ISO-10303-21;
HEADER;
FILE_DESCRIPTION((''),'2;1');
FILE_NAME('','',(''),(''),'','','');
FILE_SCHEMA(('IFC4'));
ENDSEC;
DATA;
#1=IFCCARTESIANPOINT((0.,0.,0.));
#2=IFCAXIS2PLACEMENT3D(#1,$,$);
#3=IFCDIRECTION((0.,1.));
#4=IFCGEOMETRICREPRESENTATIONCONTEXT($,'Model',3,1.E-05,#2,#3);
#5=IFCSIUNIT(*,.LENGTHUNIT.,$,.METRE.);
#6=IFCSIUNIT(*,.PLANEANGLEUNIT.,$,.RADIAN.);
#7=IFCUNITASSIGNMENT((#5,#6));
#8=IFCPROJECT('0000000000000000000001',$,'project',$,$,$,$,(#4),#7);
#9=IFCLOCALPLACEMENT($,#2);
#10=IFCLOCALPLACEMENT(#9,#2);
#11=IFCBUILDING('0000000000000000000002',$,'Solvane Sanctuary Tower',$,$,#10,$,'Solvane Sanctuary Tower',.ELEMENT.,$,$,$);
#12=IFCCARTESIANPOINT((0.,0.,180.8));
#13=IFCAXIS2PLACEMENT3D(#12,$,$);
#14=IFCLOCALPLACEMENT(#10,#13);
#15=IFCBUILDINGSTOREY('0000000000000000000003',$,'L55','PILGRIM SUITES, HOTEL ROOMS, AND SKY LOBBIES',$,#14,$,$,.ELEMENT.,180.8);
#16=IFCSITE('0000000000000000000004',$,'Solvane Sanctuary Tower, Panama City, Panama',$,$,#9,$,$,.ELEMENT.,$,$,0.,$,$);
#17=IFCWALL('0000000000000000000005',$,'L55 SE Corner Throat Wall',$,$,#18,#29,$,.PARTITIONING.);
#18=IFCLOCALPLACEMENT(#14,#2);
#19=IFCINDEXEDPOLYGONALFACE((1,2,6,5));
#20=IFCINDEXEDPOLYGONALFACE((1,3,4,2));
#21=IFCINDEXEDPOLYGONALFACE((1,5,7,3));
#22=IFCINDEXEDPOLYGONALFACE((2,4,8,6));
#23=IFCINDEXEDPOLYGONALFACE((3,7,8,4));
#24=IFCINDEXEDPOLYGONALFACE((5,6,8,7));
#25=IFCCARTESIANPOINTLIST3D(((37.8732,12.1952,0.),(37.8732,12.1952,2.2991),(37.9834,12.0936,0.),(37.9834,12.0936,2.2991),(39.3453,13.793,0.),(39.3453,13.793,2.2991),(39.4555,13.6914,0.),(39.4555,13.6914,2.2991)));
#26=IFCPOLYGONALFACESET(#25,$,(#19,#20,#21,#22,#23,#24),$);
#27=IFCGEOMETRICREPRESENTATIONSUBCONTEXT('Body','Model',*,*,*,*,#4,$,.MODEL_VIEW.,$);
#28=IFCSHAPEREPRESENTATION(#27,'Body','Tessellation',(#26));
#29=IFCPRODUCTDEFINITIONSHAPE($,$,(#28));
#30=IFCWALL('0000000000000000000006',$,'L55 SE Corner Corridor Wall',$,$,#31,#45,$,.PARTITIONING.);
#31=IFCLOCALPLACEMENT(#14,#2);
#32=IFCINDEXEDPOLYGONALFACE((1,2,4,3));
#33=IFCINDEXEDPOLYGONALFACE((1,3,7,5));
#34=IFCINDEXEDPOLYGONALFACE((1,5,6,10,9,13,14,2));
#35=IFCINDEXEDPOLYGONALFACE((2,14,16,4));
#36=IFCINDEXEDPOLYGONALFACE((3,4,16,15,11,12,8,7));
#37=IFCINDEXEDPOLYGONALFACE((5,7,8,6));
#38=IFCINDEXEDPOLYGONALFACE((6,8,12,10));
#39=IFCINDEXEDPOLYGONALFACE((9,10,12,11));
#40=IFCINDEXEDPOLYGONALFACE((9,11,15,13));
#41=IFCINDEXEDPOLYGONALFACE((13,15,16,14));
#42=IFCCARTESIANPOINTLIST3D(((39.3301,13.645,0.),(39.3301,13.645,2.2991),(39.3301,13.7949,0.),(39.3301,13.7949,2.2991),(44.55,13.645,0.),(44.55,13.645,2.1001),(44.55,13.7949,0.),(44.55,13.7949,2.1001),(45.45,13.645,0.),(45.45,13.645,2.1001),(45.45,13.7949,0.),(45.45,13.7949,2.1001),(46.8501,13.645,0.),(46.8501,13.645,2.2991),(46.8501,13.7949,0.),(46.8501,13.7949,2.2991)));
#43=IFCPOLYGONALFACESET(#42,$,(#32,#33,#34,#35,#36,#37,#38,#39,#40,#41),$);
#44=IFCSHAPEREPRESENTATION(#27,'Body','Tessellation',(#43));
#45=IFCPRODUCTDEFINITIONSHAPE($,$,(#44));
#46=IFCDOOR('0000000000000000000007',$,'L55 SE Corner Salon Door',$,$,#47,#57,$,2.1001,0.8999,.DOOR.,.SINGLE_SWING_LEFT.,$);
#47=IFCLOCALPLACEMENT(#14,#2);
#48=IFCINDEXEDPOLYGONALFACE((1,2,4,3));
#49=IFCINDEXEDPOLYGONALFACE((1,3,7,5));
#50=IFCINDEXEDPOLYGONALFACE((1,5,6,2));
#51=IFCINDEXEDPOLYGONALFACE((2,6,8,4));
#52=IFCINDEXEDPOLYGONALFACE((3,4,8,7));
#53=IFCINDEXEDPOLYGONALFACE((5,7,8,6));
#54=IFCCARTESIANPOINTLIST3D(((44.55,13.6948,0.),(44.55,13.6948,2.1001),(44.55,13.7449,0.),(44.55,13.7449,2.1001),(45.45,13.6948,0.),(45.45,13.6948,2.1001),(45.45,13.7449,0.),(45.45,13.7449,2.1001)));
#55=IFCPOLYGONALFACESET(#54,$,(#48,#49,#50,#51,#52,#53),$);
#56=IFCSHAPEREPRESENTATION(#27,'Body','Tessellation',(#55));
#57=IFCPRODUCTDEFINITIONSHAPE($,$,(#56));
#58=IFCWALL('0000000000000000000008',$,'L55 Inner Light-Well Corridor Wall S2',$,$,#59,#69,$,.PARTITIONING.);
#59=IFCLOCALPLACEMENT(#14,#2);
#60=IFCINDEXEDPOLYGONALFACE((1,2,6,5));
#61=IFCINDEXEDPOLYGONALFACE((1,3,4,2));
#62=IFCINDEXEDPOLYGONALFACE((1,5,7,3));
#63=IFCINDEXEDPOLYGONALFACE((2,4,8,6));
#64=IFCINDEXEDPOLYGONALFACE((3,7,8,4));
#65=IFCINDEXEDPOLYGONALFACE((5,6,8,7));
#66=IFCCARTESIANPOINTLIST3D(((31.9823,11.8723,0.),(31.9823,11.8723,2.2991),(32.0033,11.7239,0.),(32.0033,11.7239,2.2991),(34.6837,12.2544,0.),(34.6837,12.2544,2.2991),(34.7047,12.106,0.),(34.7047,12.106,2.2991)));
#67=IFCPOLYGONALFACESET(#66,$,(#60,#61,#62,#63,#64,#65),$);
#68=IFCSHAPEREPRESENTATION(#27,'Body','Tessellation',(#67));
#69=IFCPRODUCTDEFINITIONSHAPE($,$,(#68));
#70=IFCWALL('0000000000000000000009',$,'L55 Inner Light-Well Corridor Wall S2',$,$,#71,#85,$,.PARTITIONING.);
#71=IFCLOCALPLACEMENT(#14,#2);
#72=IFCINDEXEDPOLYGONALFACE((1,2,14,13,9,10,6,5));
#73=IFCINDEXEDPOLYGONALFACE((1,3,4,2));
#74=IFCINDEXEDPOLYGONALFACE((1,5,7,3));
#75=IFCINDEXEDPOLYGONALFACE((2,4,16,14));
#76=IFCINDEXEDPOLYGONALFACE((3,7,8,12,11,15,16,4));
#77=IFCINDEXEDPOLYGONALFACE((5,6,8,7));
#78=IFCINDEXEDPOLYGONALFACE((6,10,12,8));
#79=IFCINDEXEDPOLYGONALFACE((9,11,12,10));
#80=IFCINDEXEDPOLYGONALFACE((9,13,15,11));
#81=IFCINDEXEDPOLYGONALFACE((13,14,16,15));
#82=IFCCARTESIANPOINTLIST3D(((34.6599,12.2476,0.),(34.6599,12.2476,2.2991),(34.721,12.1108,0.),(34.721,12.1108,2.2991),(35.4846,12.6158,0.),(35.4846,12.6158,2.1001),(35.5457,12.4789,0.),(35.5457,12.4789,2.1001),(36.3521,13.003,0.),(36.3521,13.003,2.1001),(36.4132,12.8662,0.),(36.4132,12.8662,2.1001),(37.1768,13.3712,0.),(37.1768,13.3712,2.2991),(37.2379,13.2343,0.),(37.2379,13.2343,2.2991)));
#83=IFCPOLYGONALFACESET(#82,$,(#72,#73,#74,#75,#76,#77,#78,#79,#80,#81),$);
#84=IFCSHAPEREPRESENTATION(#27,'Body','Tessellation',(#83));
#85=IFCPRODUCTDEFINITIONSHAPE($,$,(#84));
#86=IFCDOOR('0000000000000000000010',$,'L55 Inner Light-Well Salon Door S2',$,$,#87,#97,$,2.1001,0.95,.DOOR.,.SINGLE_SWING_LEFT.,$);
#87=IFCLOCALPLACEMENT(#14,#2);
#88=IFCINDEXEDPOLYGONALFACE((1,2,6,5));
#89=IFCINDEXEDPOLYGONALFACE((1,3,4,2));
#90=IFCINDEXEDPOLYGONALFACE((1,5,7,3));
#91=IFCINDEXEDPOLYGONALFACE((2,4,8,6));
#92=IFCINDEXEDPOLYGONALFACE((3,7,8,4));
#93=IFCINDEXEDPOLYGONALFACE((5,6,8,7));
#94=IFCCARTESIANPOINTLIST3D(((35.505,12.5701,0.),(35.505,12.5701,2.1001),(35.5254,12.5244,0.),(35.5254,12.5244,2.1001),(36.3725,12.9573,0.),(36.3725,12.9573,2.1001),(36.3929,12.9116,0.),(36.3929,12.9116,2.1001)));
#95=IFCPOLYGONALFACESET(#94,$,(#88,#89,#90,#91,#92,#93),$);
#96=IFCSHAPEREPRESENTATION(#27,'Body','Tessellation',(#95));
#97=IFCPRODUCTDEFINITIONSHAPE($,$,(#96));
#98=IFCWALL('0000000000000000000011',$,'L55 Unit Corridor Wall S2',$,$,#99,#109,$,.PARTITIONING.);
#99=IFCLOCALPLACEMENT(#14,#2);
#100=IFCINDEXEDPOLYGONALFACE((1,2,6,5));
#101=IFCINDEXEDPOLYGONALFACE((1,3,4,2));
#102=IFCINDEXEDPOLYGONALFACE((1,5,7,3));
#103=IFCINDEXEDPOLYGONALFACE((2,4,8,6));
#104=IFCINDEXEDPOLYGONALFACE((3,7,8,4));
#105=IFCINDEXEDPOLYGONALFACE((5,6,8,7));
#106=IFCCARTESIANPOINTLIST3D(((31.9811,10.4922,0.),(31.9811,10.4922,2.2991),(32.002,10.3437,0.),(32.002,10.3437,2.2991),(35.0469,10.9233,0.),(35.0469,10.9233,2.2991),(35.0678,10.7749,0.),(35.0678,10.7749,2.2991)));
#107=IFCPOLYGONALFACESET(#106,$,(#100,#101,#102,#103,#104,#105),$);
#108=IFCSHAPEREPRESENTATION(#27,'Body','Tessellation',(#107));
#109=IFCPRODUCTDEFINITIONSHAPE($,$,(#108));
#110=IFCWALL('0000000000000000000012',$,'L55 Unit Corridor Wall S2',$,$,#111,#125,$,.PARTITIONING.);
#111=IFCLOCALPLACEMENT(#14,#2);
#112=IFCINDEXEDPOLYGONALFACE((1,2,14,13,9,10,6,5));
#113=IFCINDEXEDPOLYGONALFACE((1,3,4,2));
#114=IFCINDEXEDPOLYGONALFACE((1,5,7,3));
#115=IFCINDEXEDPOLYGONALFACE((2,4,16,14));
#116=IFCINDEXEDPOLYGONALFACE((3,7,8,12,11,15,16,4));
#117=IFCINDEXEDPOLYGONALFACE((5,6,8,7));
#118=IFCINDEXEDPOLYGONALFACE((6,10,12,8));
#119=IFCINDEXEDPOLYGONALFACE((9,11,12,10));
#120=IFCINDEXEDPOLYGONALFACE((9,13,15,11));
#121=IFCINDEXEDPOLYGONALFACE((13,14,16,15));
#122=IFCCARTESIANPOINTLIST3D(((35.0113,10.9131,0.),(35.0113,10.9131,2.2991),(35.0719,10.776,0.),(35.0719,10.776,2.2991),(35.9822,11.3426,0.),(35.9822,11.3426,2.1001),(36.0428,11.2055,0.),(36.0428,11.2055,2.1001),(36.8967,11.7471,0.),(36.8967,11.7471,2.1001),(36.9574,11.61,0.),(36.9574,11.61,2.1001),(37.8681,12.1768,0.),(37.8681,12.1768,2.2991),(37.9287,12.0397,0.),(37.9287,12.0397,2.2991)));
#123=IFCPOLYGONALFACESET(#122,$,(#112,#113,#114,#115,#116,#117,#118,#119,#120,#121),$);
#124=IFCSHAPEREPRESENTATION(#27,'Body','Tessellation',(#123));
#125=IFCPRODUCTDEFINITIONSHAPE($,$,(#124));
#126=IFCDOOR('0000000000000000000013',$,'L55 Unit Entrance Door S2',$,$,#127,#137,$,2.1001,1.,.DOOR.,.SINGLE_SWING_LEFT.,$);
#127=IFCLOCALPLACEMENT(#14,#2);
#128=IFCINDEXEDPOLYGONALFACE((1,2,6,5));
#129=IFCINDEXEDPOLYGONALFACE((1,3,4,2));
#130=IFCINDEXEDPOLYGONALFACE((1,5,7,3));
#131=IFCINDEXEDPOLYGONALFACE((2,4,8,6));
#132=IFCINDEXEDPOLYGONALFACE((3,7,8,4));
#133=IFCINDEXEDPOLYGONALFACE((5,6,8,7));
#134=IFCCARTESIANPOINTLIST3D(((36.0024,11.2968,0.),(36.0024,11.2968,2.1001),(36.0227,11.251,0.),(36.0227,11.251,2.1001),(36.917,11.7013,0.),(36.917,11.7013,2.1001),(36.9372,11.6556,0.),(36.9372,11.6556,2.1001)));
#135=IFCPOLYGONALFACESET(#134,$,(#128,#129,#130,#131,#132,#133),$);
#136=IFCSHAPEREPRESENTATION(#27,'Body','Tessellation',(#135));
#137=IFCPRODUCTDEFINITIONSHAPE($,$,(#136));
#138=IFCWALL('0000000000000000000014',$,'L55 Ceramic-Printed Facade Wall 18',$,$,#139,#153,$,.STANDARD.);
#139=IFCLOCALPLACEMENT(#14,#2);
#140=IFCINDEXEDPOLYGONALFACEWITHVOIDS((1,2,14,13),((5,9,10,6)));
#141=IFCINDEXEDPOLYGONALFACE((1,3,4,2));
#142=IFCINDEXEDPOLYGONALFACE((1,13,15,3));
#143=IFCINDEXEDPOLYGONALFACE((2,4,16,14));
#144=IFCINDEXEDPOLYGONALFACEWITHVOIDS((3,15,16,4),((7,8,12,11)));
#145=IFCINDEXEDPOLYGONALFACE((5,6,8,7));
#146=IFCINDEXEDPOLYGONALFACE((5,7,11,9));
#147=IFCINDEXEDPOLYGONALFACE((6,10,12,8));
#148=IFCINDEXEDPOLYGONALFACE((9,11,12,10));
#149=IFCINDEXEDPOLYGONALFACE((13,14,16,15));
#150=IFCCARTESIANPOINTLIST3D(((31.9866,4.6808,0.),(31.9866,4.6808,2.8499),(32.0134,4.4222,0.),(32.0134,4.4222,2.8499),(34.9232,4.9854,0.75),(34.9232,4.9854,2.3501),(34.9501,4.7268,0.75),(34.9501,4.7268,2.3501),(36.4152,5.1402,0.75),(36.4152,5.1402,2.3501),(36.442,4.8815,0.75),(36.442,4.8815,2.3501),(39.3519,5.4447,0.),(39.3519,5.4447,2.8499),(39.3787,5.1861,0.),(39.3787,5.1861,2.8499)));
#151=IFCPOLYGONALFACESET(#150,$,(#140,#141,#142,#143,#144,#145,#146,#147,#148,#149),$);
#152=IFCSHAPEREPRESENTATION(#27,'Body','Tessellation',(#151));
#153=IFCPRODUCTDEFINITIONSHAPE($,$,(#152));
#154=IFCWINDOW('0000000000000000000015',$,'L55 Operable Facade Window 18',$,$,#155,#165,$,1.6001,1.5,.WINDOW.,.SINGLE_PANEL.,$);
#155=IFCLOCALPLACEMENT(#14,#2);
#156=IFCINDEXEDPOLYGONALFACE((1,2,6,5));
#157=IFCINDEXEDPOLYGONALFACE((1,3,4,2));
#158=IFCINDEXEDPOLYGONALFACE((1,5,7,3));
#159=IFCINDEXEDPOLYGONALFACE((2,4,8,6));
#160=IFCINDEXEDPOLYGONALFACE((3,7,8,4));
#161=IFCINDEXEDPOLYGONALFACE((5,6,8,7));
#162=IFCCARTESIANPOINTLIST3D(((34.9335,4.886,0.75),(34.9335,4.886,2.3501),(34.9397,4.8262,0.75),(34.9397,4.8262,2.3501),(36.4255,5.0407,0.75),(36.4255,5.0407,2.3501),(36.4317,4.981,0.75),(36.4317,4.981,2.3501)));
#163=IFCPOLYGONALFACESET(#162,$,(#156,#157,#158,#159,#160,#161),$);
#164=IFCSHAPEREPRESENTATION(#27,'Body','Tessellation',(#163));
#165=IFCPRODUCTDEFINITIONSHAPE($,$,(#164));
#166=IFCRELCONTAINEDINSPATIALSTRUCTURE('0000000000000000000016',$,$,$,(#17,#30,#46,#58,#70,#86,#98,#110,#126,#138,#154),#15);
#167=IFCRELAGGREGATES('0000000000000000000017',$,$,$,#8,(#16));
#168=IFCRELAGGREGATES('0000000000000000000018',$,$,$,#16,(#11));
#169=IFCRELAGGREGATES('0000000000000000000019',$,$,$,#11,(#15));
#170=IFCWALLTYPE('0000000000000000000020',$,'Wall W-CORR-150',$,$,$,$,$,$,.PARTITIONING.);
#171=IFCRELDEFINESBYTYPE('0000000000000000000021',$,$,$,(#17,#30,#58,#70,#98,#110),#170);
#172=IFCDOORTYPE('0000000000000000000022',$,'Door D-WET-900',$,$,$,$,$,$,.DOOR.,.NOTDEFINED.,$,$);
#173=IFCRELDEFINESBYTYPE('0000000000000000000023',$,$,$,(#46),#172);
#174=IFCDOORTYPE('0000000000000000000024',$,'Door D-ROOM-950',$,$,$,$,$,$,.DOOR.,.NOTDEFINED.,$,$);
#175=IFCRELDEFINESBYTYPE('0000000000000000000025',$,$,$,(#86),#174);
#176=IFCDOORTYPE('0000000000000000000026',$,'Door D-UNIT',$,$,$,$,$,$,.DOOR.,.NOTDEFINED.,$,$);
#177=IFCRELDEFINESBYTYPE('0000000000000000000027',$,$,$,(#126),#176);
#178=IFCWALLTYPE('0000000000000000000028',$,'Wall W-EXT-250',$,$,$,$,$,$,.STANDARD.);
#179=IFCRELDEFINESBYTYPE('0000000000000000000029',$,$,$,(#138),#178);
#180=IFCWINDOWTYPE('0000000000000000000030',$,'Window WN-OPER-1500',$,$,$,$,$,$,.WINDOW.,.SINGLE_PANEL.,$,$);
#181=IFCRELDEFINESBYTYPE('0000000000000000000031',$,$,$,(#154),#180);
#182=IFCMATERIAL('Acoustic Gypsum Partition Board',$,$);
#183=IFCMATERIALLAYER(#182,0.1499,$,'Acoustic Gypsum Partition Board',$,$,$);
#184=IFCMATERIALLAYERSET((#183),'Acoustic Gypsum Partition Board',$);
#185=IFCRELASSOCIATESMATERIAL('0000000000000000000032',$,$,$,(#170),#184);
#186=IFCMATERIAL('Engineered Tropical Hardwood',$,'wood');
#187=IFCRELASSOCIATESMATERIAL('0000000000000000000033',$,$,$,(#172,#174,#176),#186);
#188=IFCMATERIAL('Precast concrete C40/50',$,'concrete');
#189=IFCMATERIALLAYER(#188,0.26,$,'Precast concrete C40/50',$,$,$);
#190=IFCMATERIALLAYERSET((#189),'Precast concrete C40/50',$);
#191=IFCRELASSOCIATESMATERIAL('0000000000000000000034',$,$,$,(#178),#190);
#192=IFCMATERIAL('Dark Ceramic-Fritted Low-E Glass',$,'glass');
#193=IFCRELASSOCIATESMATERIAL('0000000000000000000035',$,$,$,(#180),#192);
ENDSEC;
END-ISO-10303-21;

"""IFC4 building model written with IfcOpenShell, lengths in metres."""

from ifc_helpers import new_model, si_unit, direction, frame, frame_2d, origin, place, context, subcontext, project, spatial, rectangle, extrude, material, layer, layer_set, type_object, element, fill, save


model = new_model("IFC4")

# Units and contexts
model_context = context("Model", 3, precision=1e-05, world=origin(), true_north=direction((0.0, 1.0)))
body_context = subcontext(model_context, "Body", "Model", "MODEL_VIEW")
ifc_project = project(units=[si_unit("LENGTHUNIT", "METRE"), si_unit("PLANEANGLEUNIT", "RADIAN")], contexts=[model_context])

# Site, building, storey
site_placement = place(None, origin())
site = spatial("IfcSite", under=ifc_project, at=site_placement, Name="Solvane Sanctuary Tower, Panama City, Panama", CompositionType="ELEMENT", RefElevation=0.0)
building_placement = place(site_placement, origin())
building = spatial("IfcBuilding", under=site, at=building_placement, Name="Solvane Sanctuary Tower", LongName="Solvane Sanctuary Tower", CompositionType="ELEMENT")
storey_placement = place(building_placement, frame((0.0, 0.0, 180.8)))
storey = spatial("IfcBuildingStorey", under=building, at=storey_placement, Name="L55", Description="PILGRIM SUITES, HOTEL ROOMS, AND SKY LOBBIES", CompositionType="ELEMENT", Elevation=180.8)

# Wall
ifc_material_1 = material(Name="Acoustic Gypsum Partition Board")
ifc_layer_1 = layer(ifc_material_1, 0.1499, Name="Acoustic Gypsum Partition Board")
ifc_layer_set_1 = layer_set([ifc_layer_1], Name="Acoustic Gypsum Partition Board")
wall_type_1 = type_object("IfcWallType", Name="Wall W-CORR-150", PredefinedType="PARTITIONING", material=ifc_layer_set_1)
wall_1_placement = place(storey_placement, frame((37.9282, 12.1443, 0.0), z_axis=(0.0, 0.0, 1.0), x_axis=(0.67758, 0.735449, 0.0)))
element("IfcWall", 1, at=wall_1_placement, inside=storey, type_object=wall_type_1, Name="L55 SE Corner Throat Wall", PredefinedType="PARTITIONING", context=body_context, shape_type="SweptSolid", body=[
    extrude(rectangle(XDim=2.1726, YDim=0.1499, at=frame_2d((1.0864, 0.0))), origin(), (0.0, 0.0, 1.0), 2.2991),
])

# Wall, opening, door
wall_2_placement = place(storey_placement, frame((39.3301, 13.72, 0.0), z_axis=(0.0, 0.0, 1.0), x_axis=(1.0, 0.0, 0.0)))
wall_2 = element("IfcWall", 2, at=wall_2_placement, inside=storey, type_object=wall_type_1, Name="L55 SE Corner Corridor Wall", PredefinedType="PARTITIONING", context=body_context, shape_type="SweptSolid", body=[
    extrude(rectangle(XDim=7.52, YDim=0.1499, at=frame_2d((3.76, 0.0))), origin(), (0.0, 0.0, 1.0), 2.2991),
])
opening_1_placement = place(wall_2_placement, frame((5.22, 0.0, 0.0)))
opening_1 = element("IfcOpeningElement", 3, at=opening_1_placement, cuts=wall_2, PredefinedType="OPENING", context=body_context, shape_type="SweptSolid", body=[
    extrude(rectangle(XDim=0.8999, YDim=2.1001, at=frame_2d((0.45, 1.05))), frame((0.0, 0.085, 0.0), z_axis=(0.0, -1.0, 0.0), x_axis=(1.0, 0.0, 0.0)), (0.0, 0.0, 1.0), 0.1699),
])
ifc_material_2 = material(Name="Engineered Tropical Hardwood", Category="wood")
door_type_1 = type_object("IfcDoorType", Name="Door D-WET-900", OperationType="NOTDEFINED", PredefinedType="DOOR", material=ifc_material_2)
door_1_placement = place(opening_1_placement, origin())
door_1 = element("IfcDoor", 4, at=door_1_placement, inside=storey, type_object=door_type_1, Name="L55 SE Corner Salon Door", OperationType="SINGLE_SWING_LEFT", OverallHeight=2.1001, OverallWidth=0.8999, PredefinedType="DOOR", context=body_context, shape_type="SweptSolid", body=[
    extrude(rectangle(XDim=0.8999, YDim=2.1001, at=frame_2d((0.45, 1.05))), frame((0.0, 0.0249, 0.0), z_axis=(0.0, -1.0, 0.0), x_axis=(1.0, 0.0, 0.0)), (0.0, 0.0, 1.0), 0.05),
])
fill(opening_1, door_1)

# Wall
wall_3_placement = place(storey_placement, frame((31.9927, 11.7981, 0.0), z_axis=(0.0, 0.0, 1.0), x_axis=(0.990145, 0.140043, 0.0)))
element("IfcWall", 5, at=wall_3_placement, inside=storey, type_object=wall_type_1, Name="L55 Inner Light-Well Corridor Wall S2", PredefinedType="PARTITIONING", context=body_context, shape_type="SweptSolid", body=[
    extrude(rectangle(XDim=2.7283, YDim=0.1499, at=frame_2d((1.3643, 0.0))), origin(), (0.0, 0.0, 1.0), 2.2991),
])

# Wall, opening, door
wall_4_placement = place(storey_placement, frame((34.6904, 12.1792, 0.0), z_axis=(0.0, 0.0, 1.0), x_axis=(0.913146, 0.407634, 0.0)))
wall_4 = element("IfcWall", 6, at=wall_4_placement, inside=storey, type_object=wall_type_1, Name="L55 Inner Light-Well Corridor Wall S2", PredefinedType="PARTITIONING", context=body_context, shape_type="SweptSolid", body=[
    extrude(rectangle(XDim=2.7563, YDim=0.1499, at=frame_2d((1.3782, 0.0))), origin(), (0.0, 0.0, 1.0), 2.2991),
])
opening_2_placement = place(wall_4_placement, frame((0.9031, 0.0, 0.0)))
opening_2 = element("IfcOpeningElement", 7, at=opening_2_placement, cuts=wall_4, PredefinedType="OPENING", context=body_context, shape_type="SweptSolid", body=[
    extrude(rectangle(XDim=0.95, YDim=2.1001, at=frame_2d((0.4751, 1.05))), frame((0.0, 0.085, 0.0), z_axis=(0.0, -1.0, 0.0), x_axis=(1.0, 0.0, 0.0)), (0.0, 0.0, 1.0), 0.1699),
])
door_type_2 = type_object("IfcDoorType", Name="Door D-ROOM-950", OperationType="NOTDEFINED", PredefinedType="DOOR", material=ifc_material_2)
door_2_placement = place(opening_2_placement, origin())
door_2 = element("IfcDoor", 8, at=door_2_placement, inside=storey, type_object=door_type_2, Name="L55 Inner Light-Well Salon Door S2", OperationType="SINGLE_SWING_LEFT", OverallHeight=2.1001, OverallWidth=0.95, PredefinedType="DOOR", context=body_context, shape_type="SweptSolid", body=[
    extrude(rectangle(XDim=0.95, YDim=2.1001, at=frame_2d((0.4751, 1.05))), frame((0.0, 0.0249, 0.0), z_axis=(0.0, -1.0, 0.0), x_axis=(1.0, 0.0, 0.0)), (0.0, 0.0, 1.0), 0.05),
])
fill(opening_2, door_2)

# Wall
wall_5_placement = place(storey_placement, frame((31.9917, 10.418, 0.0), z_axis=(0.0, 0.0, 1.0), x_axis=(0.990255, 0.139268, 0.0)))
element("IfcWall", 9, at=wall_5_placement, inside=storey, type_object=wall_type_1, Name="L55 Unit Corridor Wall S2", PredefinedType="PARTITIONING", context=body_context, shape_type="SweptSolid", body=[
    extrude(rectangle(XDim=3.0959, YDim=0.1499, at=frame_2d((1.5479, 0.0))), origin(), (0.0, 0.0, 1.0), 2.2991),
])

# Wall, opening, door
wall_6_placement = place(storey_placement, frame((35.0415, 10.8445, 0.0), z_axis=(0.0, 0.0, 1.0), x_axis=(0.914519, 0.404542, 0.0)))
wall_6 = element("IfcWall", 10, at=wall_6_placement, inside=storey, type_object=wall_type_1, Name="L55 Unit Corridor Wall S2", PredefinedType="PARTITIONING", context=body_context, shape_type="SweptSolid", body=[
    extrude(rectangle(XDim=3.1238, YDim=0.1499, at=frame_2d((1.562, 0.0))), origin(), (0.0, 0.0, 1.0), 2.2991),
])
opening_3_placement = place(wall_6_placement, frame((1.0618, 0.0, 0.0)))
opening_3 = element("IfcOpeningElement", 11, at=opening_3_placement, cuts=wall_6, PredefinedType="OPENING", context=body_context, shape_type="SweptSolid", body=[
    extrude(rectangle(XDim=1.0, YDim=2.1001, at=frame_2d((0.5, 1.05))), frame((0.0, 0.085, 0.0), z_axis=(0.0, -1.0, 0.0), x_axis=(1.0, 0.0, 0.0)), (0.0, 0.0, 1.0), 0.1699),
])
door_type_3 = type_object("IfcDoorType", Name="Door D-UNIT", OperationType="NOTDEFINED", PredefinedType="DOOR", material=ifc_material_2)
door_3_placement = place(opening_3_placement, origin())
door_3 = element("IfcDoor", 12, at=door_3_placement, inside=storey, type_object=door_type_3, Name="L55 Unit Entrance Door S2", OperationType="SINGLE_SWING_LEFT", OverallHeight=2.1001, OverallWidth=1.0, PredefinedType="DOOR", context=body_context, shape_type="SweptSolid", body=[
    extrude(rectangle(XDim=1.0, YDim=2.1001, at=frame_2d((0.5, 1.05))), frame((0.0, 0.0249, 0.0), z_axis=(0.0, -1.0, 0.0), x_axis=(1.0, 0.0, 0.0)), (0.0, 0.0, 1.0), 0.05),
])
fill(opening_3, door_3)

# Wall, opening, window
ifc_material_3 = material(Name="Precast concrete C40/50", Category="concrete")
ifc_layer_2 = layer(ifc_material_3, 0.26, Name="Precast concrete C40/50")
ifc_layer_set_2 = layer_set([ifc_layer_2], Name="Precast concrete C40/50")
wall_type_2 = type_object("IfcWallType", Name="Wall W-EXT-250", PredefinedType="STANDARD", material=ifc_layer_set_2)
wall_7_placement = place(storey_placement, frame((32.0, 4.5515, 0.0), z_axis=(0.0, 0.0, 1.0), x_axis=(0.994664, 0.103166, 0.0)))
wall_7 = element("IfcWall", 13, at=wall_7_placement, inside=storey, type_object=wall_type_2, Name="L55 Ceramic-Printed Facade Wall 18", PredefinedType="STANDARD", context=body_context, shape_type="SweptSolid", body=[
    extrude(rectangle(XDim=7.4048, YDim=0.26, at=frame_2d((3.7024, 0.0))), origin(), (0.0, 0.0, 1.0), 2.8499),
])
opening_4_placement = place(wall_7_placement, frame((2.9524, 0.0, 0.75)))
opening_4 = element("IfcOpeningElement", 14, at=opening_4_placement, cuts=wall_7, PredefinedType="OPENING", context=body_context, shape_type="SweptSolid", body=[
    extrude(rectangle(XDim=1.5, YDim=1.6001, at=frame_2d((0.75, 0.8))), frame((0.0, 0.1399, 0.0), z_axis=(0.0, -1.0, 0.0), x_axis=(1.0, 0.0, 0.0)), (0.0, 0.0, 1.0), 0.28),
])
ifc_material_4 = material(Name="Dark Ceramic-Fritted Low-E Glass", Category="glass")
window_type = type_object("IfcWindowType", Name="Window WN-OPER-1500", PartitioningType="SINGLE_PANEL", PredefinedType="WINDOW", material=ifc_material_4)
window_placement = place(opening_4_placement, origin())
window = element("IfcWindow", 15, at=window_placement, inside=storey, type_object=window_type, Name="L55 Operable Facade Window 18", OverallHeight=1.6001, OverallWidth=1.5, PartitioningType="SINGLE_PANEL", PredefinedType="WINDOW", context=body_context, shape_type="SweptSolid", body=[
    extrude(rectangle(XDim=1.5, YDim=1.6001, at=frame_2d((0.75, 0.8))), frame((0.0, 0.03, 0.0), z_axis=(0.0, -1.0, 0.0), x_axis=(1.0, 0.0, 0.0)), (0.0, 0.0, 1.0), 0.0601),
])
fill(opening_4, window)

save(model, "model.ifc")
